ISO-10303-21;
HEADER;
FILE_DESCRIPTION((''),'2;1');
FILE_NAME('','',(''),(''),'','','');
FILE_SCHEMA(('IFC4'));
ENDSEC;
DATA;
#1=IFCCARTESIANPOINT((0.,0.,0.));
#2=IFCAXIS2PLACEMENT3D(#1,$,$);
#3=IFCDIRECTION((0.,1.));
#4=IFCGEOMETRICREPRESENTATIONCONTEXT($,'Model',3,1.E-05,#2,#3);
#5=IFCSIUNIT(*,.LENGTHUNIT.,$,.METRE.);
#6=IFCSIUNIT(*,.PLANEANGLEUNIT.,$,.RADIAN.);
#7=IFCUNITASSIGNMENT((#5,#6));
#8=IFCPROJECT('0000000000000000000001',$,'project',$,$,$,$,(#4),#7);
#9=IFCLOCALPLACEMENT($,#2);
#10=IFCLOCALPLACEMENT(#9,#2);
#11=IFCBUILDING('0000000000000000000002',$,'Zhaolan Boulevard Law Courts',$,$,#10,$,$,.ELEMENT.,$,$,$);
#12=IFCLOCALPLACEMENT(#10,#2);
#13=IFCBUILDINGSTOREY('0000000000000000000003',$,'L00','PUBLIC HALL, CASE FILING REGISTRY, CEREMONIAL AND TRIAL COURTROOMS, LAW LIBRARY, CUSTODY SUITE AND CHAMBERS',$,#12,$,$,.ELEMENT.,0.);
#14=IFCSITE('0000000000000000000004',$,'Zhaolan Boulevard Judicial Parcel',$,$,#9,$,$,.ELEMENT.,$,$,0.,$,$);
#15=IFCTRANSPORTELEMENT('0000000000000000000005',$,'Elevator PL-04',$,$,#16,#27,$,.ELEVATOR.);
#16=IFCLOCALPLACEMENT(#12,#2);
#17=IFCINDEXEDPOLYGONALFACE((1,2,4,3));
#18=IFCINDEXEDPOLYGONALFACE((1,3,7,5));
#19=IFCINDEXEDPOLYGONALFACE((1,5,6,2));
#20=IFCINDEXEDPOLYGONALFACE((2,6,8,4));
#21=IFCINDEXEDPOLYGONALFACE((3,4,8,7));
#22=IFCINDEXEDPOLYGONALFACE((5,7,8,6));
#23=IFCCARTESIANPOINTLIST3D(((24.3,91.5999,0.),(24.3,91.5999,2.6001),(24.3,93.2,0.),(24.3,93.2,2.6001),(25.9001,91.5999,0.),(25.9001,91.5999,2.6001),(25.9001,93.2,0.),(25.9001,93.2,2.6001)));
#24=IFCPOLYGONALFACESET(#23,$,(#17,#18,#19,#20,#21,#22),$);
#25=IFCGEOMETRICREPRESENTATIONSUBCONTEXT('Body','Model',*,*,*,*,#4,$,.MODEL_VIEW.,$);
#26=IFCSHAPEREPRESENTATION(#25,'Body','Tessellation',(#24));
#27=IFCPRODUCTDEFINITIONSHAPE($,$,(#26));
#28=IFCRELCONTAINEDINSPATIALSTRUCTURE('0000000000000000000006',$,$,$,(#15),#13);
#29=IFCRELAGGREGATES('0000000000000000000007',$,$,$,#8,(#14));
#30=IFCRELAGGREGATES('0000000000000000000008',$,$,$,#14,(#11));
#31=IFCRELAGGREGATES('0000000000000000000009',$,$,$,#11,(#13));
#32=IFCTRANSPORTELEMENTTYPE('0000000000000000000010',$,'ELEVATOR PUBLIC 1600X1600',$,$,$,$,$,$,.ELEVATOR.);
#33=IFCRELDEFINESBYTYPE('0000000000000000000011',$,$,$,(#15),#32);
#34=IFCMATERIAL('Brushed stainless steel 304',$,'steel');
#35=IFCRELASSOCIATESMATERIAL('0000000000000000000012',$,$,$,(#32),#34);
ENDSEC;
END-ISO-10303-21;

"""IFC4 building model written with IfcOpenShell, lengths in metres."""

from ifc_helpers import new_model, si_unit, direction, frame, origin, origin_2d, place, context, subcontext, project, spatial, rectangle, extrude, material, type_object, element, save


model = new_model("IFC4")

# Units and contexts
model_context = context("Model", 3, precision=1e-05, world=origin(), true_north=direction((0.0, 1.0)))
body_context = subcontext(model_context, "Body", "Model", "MODEL_VIEW")
ifc_project = project(units=[si_unit("LENGTHUNIT", "METRE"), si_unit("PLANEANGLEUNIT", "RADIAN")], contexts=[model_context])

# Site, building, storey
site_placement = place(None, origin())
site = spatial("IfcSite", under=ifc_project, at=site_placement, Name="Zhaolan Boulevard Judicial Parcel", CompositionType="ELEMENT", RefElevation=0.0)
building_placement = place(site_placement, origin())
building = spatial("IfcBuilding", under=site, at=building_placement, Name="Zhaolan Boulevard Law Courts", CompositionType="ELEMENT")
storey_placement = place(building_placement, origin())
storey = spatial("IfcBuildingStorey", under=building, at=storey_placement, Name="L00", Description="PUBLIC HALL, CASE FILING REGISTRY, CEREMONIAL AND TRIAL COURTROOMS, LAW LIBRARY, CUSTODY SUITE AND CHAMBERS", CompositionType="ELEMENT", Elevation=0.0)

# Transport element
ifc_material_1 = material(Name="Brushed stainless steel 304", Category="steel")
transport_element_type = type_object("IfcTransportElementType", Name="ELEVATOR PUBLIC 1600X1600", PredefinedType="ELEVATOR", material=ifc_material_1)
transport_element_placement = place(storey_placement, frame((25.1001, 92.3999, 0.0), z_axis=(0.0, 0.0, 1.0), x_axis=(1.0, 0.0, 0.0)))
element("IfcTransportElement", 1, at=transport_element_placement, inside=storey, type_object=transport_element_type, Name="Elevator PL-04", PredefinedType="ELEVATOR", context=body_context, shape_type="SweptSolid", body=[
    extrude(rectangle(XDim=1.6001, YDim=1.6001, at=origin_2d()), origin(), (0.0, 0.0, 1.0), 2.6001),
])

save(model, "model.ifc")
